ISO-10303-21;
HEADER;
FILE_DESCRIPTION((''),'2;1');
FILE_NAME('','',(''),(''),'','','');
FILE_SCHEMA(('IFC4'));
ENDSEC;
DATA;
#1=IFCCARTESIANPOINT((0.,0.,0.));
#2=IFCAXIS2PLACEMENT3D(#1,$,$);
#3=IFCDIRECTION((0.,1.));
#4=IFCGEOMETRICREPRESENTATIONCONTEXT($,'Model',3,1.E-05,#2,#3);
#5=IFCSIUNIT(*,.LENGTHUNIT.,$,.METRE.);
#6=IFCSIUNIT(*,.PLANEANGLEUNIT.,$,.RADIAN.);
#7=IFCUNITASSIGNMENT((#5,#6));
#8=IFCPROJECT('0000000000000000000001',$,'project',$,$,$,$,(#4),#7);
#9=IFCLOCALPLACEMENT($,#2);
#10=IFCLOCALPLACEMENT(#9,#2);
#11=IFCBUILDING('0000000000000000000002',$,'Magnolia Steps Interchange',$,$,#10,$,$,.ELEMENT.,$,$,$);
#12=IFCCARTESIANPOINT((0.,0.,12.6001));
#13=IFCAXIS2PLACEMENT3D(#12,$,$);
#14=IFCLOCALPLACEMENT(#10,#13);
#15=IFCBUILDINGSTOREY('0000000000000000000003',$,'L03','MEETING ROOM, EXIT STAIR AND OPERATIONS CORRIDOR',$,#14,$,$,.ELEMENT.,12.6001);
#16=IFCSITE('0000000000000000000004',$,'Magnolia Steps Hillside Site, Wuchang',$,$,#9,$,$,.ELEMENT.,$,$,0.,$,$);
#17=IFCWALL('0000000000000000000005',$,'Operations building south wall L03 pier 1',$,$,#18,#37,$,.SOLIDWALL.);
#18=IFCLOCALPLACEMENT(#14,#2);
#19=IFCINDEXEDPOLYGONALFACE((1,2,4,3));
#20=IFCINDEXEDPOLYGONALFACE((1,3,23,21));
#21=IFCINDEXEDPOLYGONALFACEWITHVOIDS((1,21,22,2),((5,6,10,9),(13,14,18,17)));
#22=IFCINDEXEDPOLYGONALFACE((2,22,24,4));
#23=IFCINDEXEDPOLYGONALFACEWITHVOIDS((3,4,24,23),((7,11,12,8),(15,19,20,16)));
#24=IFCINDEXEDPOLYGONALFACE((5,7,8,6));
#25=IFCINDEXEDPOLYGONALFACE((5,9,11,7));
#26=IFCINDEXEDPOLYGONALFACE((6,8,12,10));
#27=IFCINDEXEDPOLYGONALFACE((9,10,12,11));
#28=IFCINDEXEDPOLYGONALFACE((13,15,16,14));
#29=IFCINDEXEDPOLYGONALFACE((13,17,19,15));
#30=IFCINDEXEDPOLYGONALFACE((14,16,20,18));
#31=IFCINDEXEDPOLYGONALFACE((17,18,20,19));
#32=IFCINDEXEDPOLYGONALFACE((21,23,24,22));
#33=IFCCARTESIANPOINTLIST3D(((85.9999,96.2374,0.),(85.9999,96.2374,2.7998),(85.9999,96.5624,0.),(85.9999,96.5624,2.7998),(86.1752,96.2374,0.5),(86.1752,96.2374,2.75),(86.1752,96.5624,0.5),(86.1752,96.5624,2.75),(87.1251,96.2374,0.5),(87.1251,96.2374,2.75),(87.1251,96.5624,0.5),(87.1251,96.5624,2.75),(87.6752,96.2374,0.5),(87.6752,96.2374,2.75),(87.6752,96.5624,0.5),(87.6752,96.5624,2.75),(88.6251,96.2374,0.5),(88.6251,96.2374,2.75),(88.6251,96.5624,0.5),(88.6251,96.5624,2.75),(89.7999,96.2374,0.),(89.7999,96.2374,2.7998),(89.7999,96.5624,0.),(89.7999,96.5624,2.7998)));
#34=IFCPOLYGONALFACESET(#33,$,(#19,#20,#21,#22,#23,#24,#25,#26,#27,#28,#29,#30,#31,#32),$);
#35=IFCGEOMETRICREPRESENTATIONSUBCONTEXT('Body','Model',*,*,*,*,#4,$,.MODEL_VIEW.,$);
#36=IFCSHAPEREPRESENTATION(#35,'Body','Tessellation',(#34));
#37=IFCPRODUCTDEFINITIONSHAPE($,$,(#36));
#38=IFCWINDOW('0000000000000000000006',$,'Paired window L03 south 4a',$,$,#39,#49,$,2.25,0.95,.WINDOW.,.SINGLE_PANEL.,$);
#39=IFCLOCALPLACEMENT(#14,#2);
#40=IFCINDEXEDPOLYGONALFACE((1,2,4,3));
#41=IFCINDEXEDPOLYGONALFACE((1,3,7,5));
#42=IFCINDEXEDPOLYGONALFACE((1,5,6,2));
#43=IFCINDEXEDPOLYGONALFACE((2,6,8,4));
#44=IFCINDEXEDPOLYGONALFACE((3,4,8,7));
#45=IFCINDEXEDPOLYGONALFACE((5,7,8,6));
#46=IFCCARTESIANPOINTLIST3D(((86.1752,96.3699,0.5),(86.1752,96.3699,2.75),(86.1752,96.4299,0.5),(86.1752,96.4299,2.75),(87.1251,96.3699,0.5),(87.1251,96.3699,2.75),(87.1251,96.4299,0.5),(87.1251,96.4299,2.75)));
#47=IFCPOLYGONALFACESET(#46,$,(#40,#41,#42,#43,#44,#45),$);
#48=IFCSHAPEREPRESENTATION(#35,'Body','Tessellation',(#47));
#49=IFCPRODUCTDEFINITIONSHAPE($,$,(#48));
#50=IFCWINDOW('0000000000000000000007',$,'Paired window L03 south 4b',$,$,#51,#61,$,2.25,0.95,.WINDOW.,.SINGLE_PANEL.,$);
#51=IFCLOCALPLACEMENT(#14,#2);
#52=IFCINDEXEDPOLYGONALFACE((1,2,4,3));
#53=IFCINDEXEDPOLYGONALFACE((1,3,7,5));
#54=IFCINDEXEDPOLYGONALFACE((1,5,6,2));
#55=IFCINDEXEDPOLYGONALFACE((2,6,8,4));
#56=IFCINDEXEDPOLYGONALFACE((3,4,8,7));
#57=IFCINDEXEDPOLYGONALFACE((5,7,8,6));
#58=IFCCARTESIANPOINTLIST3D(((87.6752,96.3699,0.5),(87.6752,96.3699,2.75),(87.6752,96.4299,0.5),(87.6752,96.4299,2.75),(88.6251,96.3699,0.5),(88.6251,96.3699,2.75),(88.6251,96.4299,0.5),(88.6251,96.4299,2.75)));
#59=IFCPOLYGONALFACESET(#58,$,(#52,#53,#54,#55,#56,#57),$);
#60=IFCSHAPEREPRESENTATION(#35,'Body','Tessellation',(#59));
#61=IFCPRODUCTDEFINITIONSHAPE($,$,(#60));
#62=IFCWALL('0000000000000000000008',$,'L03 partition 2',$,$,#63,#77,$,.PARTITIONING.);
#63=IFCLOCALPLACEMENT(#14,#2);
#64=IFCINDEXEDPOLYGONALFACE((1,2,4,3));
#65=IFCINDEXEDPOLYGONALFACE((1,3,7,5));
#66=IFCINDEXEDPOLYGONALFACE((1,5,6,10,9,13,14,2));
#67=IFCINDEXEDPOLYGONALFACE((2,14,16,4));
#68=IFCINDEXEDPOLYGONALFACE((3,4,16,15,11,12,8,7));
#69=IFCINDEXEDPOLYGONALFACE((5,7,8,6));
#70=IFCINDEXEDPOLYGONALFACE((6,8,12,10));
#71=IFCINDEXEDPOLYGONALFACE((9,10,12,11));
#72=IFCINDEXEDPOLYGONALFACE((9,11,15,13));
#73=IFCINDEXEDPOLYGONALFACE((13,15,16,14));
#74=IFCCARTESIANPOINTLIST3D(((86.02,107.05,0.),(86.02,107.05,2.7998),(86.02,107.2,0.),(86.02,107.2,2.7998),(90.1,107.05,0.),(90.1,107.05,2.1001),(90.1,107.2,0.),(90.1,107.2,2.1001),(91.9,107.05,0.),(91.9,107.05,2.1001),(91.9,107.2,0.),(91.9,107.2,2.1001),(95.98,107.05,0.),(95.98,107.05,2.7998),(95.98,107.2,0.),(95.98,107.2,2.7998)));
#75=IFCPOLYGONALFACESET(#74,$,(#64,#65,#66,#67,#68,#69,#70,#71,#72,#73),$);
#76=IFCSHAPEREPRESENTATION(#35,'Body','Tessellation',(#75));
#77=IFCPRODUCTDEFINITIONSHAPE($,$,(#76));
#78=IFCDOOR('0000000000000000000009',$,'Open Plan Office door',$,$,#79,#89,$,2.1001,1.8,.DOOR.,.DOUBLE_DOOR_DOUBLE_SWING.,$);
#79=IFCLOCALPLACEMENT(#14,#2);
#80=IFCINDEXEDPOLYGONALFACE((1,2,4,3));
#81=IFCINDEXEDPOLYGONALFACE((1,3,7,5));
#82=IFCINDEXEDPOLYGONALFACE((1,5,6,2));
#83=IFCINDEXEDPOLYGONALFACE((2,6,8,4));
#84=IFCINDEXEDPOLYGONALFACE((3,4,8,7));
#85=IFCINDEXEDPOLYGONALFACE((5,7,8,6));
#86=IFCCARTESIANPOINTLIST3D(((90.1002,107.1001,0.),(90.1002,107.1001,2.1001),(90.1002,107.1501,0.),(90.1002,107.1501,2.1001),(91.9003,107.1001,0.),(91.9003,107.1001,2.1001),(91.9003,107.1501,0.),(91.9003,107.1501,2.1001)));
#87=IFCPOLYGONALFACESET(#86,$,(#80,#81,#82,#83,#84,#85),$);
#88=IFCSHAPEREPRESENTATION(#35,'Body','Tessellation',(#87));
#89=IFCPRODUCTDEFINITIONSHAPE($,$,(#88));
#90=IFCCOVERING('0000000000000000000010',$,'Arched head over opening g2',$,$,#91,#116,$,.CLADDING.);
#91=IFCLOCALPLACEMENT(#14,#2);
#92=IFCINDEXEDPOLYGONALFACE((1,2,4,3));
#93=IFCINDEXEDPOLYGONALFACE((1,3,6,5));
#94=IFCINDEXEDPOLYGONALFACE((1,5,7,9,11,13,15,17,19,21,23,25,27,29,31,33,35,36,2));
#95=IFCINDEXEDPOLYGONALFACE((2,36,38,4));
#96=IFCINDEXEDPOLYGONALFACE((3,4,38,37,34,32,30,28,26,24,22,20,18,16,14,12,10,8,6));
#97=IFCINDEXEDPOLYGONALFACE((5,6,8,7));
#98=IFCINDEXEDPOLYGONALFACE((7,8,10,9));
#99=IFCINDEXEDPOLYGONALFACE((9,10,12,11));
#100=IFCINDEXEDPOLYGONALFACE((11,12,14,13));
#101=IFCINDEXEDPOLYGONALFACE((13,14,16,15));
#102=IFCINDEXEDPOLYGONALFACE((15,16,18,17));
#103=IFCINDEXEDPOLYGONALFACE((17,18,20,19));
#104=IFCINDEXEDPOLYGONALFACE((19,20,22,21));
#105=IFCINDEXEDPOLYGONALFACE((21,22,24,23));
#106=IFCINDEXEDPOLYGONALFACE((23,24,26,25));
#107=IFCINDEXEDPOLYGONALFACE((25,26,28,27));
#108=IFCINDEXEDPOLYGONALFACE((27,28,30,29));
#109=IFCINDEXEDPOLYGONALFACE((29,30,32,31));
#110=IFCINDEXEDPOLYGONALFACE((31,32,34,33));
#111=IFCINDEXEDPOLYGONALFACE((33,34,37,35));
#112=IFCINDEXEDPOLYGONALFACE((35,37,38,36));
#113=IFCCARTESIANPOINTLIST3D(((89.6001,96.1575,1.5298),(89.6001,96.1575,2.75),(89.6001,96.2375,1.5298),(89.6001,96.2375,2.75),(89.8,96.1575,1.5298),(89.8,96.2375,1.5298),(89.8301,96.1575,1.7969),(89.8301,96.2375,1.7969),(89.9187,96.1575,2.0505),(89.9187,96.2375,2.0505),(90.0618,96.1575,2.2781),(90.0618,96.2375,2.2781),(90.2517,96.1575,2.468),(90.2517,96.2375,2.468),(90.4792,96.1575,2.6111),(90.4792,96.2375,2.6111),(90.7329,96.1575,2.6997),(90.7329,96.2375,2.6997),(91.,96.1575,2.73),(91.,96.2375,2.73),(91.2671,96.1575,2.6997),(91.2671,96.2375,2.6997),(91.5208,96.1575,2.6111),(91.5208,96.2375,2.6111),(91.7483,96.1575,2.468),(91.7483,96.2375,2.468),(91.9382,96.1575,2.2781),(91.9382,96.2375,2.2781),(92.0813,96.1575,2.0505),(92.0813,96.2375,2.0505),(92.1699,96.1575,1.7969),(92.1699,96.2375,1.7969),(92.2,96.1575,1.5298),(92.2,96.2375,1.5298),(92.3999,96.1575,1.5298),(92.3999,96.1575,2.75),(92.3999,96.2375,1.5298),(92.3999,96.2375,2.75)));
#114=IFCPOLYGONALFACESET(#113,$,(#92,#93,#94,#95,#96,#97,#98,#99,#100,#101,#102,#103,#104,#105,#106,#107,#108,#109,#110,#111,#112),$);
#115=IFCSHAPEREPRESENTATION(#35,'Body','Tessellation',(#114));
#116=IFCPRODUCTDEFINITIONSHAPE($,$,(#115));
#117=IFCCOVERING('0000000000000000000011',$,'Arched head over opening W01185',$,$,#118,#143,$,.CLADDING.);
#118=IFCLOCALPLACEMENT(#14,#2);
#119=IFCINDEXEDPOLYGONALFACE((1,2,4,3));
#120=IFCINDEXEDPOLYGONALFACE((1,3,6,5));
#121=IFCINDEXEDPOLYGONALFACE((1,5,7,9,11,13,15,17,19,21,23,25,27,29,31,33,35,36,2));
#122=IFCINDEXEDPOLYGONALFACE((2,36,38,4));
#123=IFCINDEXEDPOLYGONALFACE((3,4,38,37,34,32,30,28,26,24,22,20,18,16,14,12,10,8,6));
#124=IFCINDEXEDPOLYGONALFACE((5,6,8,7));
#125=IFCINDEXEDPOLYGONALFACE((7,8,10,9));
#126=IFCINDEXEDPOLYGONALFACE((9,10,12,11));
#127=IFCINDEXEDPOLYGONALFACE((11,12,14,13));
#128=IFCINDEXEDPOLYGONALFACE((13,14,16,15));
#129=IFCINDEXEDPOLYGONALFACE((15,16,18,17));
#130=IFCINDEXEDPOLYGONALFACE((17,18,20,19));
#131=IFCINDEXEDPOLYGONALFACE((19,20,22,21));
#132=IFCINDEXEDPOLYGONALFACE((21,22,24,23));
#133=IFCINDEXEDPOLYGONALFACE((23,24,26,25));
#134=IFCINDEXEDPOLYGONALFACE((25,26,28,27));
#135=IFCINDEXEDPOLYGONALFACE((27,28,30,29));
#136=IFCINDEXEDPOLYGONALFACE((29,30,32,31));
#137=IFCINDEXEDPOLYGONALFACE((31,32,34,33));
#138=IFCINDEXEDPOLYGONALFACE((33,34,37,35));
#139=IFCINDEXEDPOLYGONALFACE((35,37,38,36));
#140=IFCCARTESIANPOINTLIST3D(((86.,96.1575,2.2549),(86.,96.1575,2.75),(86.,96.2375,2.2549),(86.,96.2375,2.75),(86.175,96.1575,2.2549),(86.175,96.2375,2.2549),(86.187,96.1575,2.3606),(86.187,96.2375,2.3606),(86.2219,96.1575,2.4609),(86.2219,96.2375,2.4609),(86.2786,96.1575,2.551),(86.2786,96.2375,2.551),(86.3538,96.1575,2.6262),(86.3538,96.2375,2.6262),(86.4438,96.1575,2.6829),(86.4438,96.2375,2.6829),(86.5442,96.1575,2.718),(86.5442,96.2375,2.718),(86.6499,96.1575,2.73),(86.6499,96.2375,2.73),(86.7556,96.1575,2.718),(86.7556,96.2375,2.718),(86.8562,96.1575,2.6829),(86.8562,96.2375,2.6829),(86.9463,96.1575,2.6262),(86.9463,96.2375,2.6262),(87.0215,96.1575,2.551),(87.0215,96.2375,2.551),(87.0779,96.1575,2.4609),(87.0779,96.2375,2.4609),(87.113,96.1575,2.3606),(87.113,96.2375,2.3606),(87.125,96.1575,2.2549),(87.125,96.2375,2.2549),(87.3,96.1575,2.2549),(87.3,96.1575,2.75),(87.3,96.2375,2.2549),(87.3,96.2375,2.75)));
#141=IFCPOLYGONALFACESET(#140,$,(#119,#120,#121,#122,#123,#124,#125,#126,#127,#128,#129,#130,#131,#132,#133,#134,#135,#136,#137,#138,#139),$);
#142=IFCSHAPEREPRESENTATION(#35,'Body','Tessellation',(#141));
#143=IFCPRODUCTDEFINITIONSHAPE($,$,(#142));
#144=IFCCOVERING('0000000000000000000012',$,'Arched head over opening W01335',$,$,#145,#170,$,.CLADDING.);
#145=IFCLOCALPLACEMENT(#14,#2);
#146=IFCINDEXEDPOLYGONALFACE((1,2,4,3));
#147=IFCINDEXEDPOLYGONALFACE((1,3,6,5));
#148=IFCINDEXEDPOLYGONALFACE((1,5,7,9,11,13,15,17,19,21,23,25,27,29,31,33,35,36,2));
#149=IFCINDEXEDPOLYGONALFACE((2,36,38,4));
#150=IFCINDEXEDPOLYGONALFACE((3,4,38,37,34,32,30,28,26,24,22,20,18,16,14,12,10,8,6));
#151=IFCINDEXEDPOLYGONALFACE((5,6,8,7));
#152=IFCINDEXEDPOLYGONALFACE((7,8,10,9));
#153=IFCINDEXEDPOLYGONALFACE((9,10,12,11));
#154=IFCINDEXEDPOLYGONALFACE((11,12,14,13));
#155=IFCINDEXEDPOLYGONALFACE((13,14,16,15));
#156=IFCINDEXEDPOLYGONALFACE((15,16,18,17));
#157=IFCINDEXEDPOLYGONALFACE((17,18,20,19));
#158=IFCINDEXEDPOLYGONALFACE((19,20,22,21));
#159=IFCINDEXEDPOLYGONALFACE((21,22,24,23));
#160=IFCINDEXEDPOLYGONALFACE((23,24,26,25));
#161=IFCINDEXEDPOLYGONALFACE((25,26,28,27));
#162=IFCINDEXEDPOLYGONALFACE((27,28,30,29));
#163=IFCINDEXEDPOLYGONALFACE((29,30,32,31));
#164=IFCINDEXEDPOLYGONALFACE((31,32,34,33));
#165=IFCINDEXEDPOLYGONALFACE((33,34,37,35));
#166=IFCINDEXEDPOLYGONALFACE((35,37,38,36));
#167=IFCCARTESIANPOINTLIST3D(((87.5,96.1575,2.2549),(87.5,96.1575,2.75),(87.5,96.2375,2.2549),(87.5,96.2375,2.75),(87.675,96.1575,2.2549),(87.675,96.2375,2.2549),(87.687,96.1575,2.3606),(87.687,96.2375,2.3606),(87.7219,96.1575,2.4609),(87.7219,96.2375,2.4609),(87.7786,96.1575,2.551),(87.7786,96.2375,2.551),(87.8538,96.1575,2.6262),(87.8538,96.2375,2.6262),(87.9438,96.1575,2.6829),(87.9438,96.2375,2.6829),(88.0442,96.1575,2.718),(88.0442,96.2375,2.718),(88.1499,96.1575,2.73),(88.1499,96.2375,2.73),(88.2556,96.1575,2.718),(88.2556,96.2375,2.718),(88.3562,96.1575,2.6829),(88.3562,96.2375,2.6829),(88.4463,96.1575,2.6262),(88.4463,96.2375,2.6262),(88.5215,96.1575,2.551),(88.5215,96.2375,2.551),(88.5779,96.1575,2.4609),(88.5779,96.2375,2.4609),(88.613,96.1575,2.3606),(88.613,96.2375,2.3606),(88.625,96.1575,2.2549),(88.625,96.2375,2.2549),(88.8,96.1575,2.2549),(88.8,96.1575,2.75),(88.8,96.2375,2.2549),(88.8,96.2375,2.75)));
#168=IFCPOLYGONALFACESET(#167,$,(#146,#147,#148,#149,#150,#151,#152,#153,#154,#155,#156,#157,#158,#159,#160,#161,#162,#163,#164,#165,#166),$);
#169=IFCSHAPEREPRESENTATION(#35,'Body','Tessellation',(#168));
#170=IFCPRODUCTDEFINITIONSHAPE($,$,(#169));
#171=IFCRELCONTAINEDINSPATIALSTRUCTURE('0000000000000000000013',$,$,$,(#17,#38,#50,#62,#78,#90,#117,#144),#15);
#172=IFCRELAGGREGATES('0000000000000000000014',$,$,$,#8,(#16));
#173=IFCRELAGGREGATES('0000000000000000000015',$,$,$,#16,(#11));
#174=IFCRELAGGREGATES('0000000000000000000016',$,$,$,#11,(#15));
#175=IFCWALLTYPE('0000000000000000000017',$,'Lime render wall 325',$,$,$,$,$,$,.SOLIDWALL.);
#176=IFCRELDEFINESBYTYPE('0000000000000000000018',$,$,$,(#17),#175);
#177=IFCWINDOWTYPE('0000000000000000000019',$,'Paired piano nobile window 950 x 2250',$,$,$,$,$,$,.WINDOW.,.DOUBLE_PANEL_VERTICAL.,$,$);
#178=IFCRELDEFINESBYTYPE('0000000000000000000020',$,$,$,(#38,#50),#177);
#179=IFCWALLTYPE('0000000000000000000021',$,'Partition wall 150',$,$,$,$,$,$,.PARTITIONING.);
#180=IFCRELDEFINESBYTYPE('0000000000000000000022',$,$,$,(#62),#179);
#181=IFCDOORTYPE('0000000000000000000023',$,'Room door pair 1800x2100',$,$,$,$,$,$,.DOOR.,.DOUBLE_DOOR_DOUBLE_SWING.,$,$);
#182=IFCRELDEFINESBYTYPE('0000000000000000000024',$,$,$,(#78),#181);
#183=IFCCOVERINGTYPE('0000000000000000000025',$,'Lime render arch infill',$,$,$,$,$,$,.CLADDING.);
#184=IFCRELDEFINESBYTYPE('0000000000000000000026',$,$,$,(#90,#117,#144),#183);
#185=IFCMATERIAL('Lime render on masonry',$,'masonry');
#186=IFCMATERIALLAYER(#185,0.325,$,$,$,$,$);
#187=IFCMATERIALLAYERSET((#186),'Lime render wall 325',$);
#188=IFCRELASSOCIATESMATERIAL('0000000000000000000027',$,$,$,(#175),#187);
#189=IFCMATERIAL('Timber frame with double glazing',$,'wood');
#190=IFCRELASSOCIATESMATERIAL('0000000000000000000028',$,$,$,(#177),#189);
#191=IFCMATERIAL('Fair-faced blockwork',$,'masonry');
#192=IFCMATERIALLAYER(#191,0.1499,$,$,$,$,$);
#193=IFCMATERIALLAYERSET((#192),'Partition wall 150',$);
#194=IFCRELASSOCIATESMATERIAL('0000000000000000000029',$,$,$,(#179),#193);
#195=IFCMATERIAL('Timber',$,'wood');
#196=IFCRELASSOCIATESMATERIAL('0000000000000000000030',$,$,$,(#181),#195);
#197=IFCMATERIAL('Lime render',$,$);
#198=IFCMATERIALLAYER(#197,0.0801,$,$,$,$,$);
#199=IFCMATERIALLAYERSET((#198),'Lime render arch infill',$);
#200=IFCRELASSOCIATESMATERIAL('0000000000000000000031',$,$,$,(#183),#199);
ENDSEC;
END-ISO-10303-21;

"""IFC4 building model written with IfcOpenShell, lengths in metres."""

from ifc_helpers import new_model, si_unit, direction, frame, frame_2d, origin, place, context, subcontext, project, spatial, polyline, rectangle, outline, extrude, material, layer, layer_set, type_object, element, fill, save


model = new_model("IFC4")

# Units and contexts
model_context = context("Model", 3, precision=1e-05, world=origin(), true_north=direction((0.0, 1.0)))
body_context = subcontext(model_context, "Body", "Model", "MODEL_VIEW")
ifc_project = project(units=[si_unit("LENGTHUNIT", "METRE"), si_unit("PLANEANGLEUNIT", "RADIAN")], contexts=[model_context])

# Site, building, storey
site_placement = place(None, origin())
site = spatial("IfcSite", under=ifc_project, at=site_placement, Name="Magnolia Steps Hillside Site, Wuchang", CompositionType="ELEMENT", RefElevation=0.0)
building_placement = place(site_placement, origin())
building = spatial("IfcBuilding", under=site, at=building_placement, Name="Magnolia Steps Interchange", CompositionType="ELEMENT")
storey_placement = place(building_placement, frame((0.0, 0.0, 12.6001)))
storey = spatial("IfcBuildingStorey", under=building, at=storey_placement, Name="L03", Description="MEETING ROOM, EXIT STAIR AND OPERATIONS CORRIDOR", CompositionType="ELEMENT", Elevation=12.6001)

# Wall, openings, windows
ifc_material_1 = material(Name="Lime render on masonry", Category="masonry")
ifc_layer_1 = layer(ifc_material_1, 0.325)
ifc_layer_set_1 = layer_set([ifc_layer_1], Name="Lime render wall 325")
wall_type_1 = type_object("IfcWallType", Name="Lime render wall 325", PredefinedType="SOLIDWALL", material=ifc_layer_set_1)
wall_1_placement = place(storey_placement, frame((86.0, 96.3999, 0.0), z_axis=(0.0, 0.0, 1.0), x_axis=(1.0, 0.0, 0.0)))
wall_1 = element("IfcWall", 1, at=wall_1_placement, inside=storey, type_object=wall_type_1, Name="Operations building south wall L03 pier 1", PredefinedType="SOLIDWALL", context=body_context, shape_type="SweptSolid", body=[
    extrude(rectangle(XDim=3.8, YDim=0.325, at=frame_2d((1.8999, 0.0))), origin(), (0.0, 0.0, 1.0), 2.7998),
])
opening_1_placement = place(wall_1_placement, frame((0.175, 0.0, 0.5)))
opening_1 = element("IfcOpeningElement", 2, at=opening_1_placement, cuts=wall_1, PredefinedType="OPENING", context=body_context, shape_type="SweptSolid", body=[
    extrude(rectangle(XDim=0.95, YDim=2.25, at=frame_2d((0.4751, 1.125))), frame((0.0, 0.1724, 0.0), z_axis=(0.0, -1.0, 0.0), x_axis=(1.0, 0.0, 0.0)), (0.0, 0.0, 1.0), 0.345),
])
opening_2_placement = place(wall_1_placement, frame((1.675, 0.0, 0.5)))
opening_2 = element("IfcOpeningElement", 3, at=opening_2_placement, cuts=wall_1, PredefinedType="OPENING", context=body_context, shape_type="SweptSolid", body=[
    extrude(rectangle(XDim=0.95, YDim=2.25, at=frame_2d((0.4751, 1.125))), frame((0.0, 0.1724, 0.0), z_axis=(0.0, -1.0, 0.0), x_axis=(1.0, 0.0, 0.0)), (0.0, 0.0, 1.0), 0.345),
])
ifc_material_2 = material(Name="Timber frame with double glazing", Category="wood")
window_type = type_object("IfcWindowType", Name="Paired piano nobile window 950 x 2250", PartitioningType="DOUBLE_PANEL_VERTICAL", PredefinedType="WINDOW", material=ifc_material_2)
window_1_placement = place(opening_1_placement, origin())
window_1 = element("IfcWindow", 4, at=window_1_placement, inside=storey, type_object=window_type, Name="Paired window L03 south 4a", OverallHeight=2.25, OverallWidth=0.95, PartitioningType="SINGLE_PANEL", PredefinedType="WINDOW", context=body_context, shape_type="SweptSolid", body=[
    extrude(rectangle(XDim=0.95, YDim=2.25, at=frame_2d((0.4751, 1.125))), frame((0.0, 0.03, 0.0), z_axis=(0.0, -1.0, 0.0), x_axis=(1.0, 0.0, 0.0)), (0.0, 0.0, 1.0), 0.0601),
])
fill(opening_1, window_1)
window_2_placement = place(opening_2_placement, origin())
window_2 = element("IfcWindow", 5, at=window_2_placement, inside=storey, type_object=window_type, Name="Paired window L03 south 4b", OverallHeight=2.25, OverallWidth=0.95, PartitioningType="SINGLE_PANEL", PredefinedType="WINDOW", context=body_context, shape_type="SweptSolid", body=[
    extrude(rectangle(XDim=0.95, YDim=2.25, at=frame_2d((0.4751, 1.125))), frame((0.0, 0.03, 0.0), z_axis=(0.0, -1.0, 0.0), x_axis=(1.0, 0.0, 0.0)), (0.0, 0.0, 1.0), 0.0601),
])
fill(opening_2, window_2)

# Wall, opening, door
ifc_material_3 = material(Name="Fair-faced blockwork", Category="masonry")
ifc_layer_2 = layer(ifc_material_3, 0.1499)
ifc_layer_set_2 = layer_set([ifc_layer_2], Name="Partition wall 150")
wall_type_2 = type_object("IfcWallType", Name="Partition wall 150", PredefinedType="PARTITIONING", material=ifc_layer_set_2)
wall_2_placement = place(storey_placement, frame((86.02, 107.125, 0.0), z_axis=(0.0, 0.0, 1.0), x_axis=(1.0, 0.0, 0.0)))
wall_2 = element("IfcWall", 6, at=wall_2_placement, inside=storey, type_object=wall_type_2, Name="L03 partition 2", PredefinedType="PARTITIONING", context=body_context, shape_type="SweptSolid", body=[
    extrude(rectangle(XDim=9.96, YDim=0.1499, at=frame_2d((4.98, 0.0))), origin(), (0.0, 0.0, 1.0), 2.7998),
])
opening_3_placement = place(wall_2_placement, frame((4.0801, 0.0, 0.0)))
opening_3 = element("IfcOpeningElement", 7, at=opening_3_placement, cuts=wall_2, PredefinedType="OPENING", context=body_context, shape_type="SweptSolid", body=[
    extrude(rectangle(XDim=1.8, YDim=2.1001, at=frame_2d((0.8999, 1.05))), frame((0.0, 0.085, 0.0), z_axis=(0.0, -1.0, 0.0), x_axis=(1.0, 0.0, 0.0)), (0.0, 0.0, 1.0), 0.1699),
])
ifc_material_4 = material(Name="Timber", Category="wood")
door_type = type_object("IfcDoorType", Name="Room door pair 1800x2100", OperationType="DOUBLE_DOOR_DOUBLE_SWING", PredefinedType="DOOR", material=ifc_material_4)
door_placement = place(opening_3_placement, frame((1.8, 0.0, 0.0), z_axis=(0.0, 0.0, 1.0), x_axis=(-1.0, 0.0, 0.0)))
door = element("IfcDoor", 8, at=door_placement, inside=storey, type_object=door_type, Name="Open Plan Office door", OperationType="DOUBLE_DOOR_DOUBLE_SWING", OverallHeight=2.1001, OverallWidth=1.8, PredefinedType="DOOR", context=body_context, shape_type="SweptSolid", body=[
    extrude(rectangle(XDim=1.8, YDim=2.1001, at=frame_2d((0.8999, 1.05))), frame((0.0, 0.0249, 0.0), z_axis=(0.0, -1.0, 0.0), x_axis=(1.0, 0.0, 0.0)), (0.0, 0.0, 1.0), 0.05),
])
fill(opening_3, door)

# Coverings
ifc_material_5 = material(Name="Lime render")
ifc_layer_3 = layer(ifc_material_5, 0.0801)
ifc_layer_set_3 = layer_set([ifc_layer_3], Name="Lime render arch infill")
covering_type = type_object("IfcCoveringType", Name="Lime render arch infill", PredefinedType="CLADDING", material=ifc_layer_set_3)
covering_placement = place(storey_placement, frame((89.6001, 96.2375, 1.5298), z_axis=(0.0, 1.0, 0.0), x_axis=(0.0, 0.0, 1.0)))
element("IfcCovering", 9, at=covering_placement, inside=storey, type_object=covering_type, Name="Arched head over opening g2", PredefinedType="CLADDING", context=body_context, shape_type="SweptSolid", body=[
    extrude(outline(polyline([(0.0, 0.0), (1.2202, 0.0), (1.2202, 2.7998), (0.0, 2.7998), (0.0, 2.5999), (0.2671, 2.5698), (0.5208, 2.4812), (0.7483, 2.3381), (0.9382, 2.1482), (1.0813, 1.9207), (1.1699, 1.667), (1.2002, 1.3999), (1.1699, 1.1328), (1.0813, 0.8792), (0.9382, 0.6516), (0.7483, 0.4617), (0.5208, 0.3186), (0.2671, 0.23), (0.0, 0.2), (0.0, 0.0)])), origin(), (0.0, 0.0, -1.0), 0.0801),
])
for number, where, z_axis, x_axis, name in (
    (10, (86.0, 96.2375, 2.2549), (0.0, 1.0, 0.0), (0.0, 0.0, 1.0), "Arched head over opening W01185"),
    (11, (87.5, 96.2375, 2.2549), (0.0, 1.0, 0.0), (0.0, 0.0, 1.0), "Arched head over opening W01335"),
):
    element("IfcCovering", number, at=place(storey_placement, frame(where, z_axis=z_axis, x_axis=x_axis)), inside=storey, type_object=covering_type, Name=name, PredefinedType="CLADDING", context=body_context, shape_type="SweptSolid", body=[
        extrude(outline(polyline([(0.0, 0.0), (0.4951, 0.0), (0.4951, 1.3), (0.0, 1.3), (0.0, 1.125), (0.1057, 1.113), (0.2061, 1.0779), (0.2961, 1.0215), (0.3713, 0.9463), (0.428, 0.8562), (0.4631, 0.7556), (0.4751, 0.6499), (0.4631, 0.5442), (0.428, 0.4438), (0.3713, 0.3538), (0.2961, 0.2786), (0.2061, 0.2219), (0.1057, 0.187), (0.0, 0.175), (0.0, 0.0)])), origin(), (0.0, 0.0, -1.0), 0.0801),
    ])

save(model, "model.ifc")
